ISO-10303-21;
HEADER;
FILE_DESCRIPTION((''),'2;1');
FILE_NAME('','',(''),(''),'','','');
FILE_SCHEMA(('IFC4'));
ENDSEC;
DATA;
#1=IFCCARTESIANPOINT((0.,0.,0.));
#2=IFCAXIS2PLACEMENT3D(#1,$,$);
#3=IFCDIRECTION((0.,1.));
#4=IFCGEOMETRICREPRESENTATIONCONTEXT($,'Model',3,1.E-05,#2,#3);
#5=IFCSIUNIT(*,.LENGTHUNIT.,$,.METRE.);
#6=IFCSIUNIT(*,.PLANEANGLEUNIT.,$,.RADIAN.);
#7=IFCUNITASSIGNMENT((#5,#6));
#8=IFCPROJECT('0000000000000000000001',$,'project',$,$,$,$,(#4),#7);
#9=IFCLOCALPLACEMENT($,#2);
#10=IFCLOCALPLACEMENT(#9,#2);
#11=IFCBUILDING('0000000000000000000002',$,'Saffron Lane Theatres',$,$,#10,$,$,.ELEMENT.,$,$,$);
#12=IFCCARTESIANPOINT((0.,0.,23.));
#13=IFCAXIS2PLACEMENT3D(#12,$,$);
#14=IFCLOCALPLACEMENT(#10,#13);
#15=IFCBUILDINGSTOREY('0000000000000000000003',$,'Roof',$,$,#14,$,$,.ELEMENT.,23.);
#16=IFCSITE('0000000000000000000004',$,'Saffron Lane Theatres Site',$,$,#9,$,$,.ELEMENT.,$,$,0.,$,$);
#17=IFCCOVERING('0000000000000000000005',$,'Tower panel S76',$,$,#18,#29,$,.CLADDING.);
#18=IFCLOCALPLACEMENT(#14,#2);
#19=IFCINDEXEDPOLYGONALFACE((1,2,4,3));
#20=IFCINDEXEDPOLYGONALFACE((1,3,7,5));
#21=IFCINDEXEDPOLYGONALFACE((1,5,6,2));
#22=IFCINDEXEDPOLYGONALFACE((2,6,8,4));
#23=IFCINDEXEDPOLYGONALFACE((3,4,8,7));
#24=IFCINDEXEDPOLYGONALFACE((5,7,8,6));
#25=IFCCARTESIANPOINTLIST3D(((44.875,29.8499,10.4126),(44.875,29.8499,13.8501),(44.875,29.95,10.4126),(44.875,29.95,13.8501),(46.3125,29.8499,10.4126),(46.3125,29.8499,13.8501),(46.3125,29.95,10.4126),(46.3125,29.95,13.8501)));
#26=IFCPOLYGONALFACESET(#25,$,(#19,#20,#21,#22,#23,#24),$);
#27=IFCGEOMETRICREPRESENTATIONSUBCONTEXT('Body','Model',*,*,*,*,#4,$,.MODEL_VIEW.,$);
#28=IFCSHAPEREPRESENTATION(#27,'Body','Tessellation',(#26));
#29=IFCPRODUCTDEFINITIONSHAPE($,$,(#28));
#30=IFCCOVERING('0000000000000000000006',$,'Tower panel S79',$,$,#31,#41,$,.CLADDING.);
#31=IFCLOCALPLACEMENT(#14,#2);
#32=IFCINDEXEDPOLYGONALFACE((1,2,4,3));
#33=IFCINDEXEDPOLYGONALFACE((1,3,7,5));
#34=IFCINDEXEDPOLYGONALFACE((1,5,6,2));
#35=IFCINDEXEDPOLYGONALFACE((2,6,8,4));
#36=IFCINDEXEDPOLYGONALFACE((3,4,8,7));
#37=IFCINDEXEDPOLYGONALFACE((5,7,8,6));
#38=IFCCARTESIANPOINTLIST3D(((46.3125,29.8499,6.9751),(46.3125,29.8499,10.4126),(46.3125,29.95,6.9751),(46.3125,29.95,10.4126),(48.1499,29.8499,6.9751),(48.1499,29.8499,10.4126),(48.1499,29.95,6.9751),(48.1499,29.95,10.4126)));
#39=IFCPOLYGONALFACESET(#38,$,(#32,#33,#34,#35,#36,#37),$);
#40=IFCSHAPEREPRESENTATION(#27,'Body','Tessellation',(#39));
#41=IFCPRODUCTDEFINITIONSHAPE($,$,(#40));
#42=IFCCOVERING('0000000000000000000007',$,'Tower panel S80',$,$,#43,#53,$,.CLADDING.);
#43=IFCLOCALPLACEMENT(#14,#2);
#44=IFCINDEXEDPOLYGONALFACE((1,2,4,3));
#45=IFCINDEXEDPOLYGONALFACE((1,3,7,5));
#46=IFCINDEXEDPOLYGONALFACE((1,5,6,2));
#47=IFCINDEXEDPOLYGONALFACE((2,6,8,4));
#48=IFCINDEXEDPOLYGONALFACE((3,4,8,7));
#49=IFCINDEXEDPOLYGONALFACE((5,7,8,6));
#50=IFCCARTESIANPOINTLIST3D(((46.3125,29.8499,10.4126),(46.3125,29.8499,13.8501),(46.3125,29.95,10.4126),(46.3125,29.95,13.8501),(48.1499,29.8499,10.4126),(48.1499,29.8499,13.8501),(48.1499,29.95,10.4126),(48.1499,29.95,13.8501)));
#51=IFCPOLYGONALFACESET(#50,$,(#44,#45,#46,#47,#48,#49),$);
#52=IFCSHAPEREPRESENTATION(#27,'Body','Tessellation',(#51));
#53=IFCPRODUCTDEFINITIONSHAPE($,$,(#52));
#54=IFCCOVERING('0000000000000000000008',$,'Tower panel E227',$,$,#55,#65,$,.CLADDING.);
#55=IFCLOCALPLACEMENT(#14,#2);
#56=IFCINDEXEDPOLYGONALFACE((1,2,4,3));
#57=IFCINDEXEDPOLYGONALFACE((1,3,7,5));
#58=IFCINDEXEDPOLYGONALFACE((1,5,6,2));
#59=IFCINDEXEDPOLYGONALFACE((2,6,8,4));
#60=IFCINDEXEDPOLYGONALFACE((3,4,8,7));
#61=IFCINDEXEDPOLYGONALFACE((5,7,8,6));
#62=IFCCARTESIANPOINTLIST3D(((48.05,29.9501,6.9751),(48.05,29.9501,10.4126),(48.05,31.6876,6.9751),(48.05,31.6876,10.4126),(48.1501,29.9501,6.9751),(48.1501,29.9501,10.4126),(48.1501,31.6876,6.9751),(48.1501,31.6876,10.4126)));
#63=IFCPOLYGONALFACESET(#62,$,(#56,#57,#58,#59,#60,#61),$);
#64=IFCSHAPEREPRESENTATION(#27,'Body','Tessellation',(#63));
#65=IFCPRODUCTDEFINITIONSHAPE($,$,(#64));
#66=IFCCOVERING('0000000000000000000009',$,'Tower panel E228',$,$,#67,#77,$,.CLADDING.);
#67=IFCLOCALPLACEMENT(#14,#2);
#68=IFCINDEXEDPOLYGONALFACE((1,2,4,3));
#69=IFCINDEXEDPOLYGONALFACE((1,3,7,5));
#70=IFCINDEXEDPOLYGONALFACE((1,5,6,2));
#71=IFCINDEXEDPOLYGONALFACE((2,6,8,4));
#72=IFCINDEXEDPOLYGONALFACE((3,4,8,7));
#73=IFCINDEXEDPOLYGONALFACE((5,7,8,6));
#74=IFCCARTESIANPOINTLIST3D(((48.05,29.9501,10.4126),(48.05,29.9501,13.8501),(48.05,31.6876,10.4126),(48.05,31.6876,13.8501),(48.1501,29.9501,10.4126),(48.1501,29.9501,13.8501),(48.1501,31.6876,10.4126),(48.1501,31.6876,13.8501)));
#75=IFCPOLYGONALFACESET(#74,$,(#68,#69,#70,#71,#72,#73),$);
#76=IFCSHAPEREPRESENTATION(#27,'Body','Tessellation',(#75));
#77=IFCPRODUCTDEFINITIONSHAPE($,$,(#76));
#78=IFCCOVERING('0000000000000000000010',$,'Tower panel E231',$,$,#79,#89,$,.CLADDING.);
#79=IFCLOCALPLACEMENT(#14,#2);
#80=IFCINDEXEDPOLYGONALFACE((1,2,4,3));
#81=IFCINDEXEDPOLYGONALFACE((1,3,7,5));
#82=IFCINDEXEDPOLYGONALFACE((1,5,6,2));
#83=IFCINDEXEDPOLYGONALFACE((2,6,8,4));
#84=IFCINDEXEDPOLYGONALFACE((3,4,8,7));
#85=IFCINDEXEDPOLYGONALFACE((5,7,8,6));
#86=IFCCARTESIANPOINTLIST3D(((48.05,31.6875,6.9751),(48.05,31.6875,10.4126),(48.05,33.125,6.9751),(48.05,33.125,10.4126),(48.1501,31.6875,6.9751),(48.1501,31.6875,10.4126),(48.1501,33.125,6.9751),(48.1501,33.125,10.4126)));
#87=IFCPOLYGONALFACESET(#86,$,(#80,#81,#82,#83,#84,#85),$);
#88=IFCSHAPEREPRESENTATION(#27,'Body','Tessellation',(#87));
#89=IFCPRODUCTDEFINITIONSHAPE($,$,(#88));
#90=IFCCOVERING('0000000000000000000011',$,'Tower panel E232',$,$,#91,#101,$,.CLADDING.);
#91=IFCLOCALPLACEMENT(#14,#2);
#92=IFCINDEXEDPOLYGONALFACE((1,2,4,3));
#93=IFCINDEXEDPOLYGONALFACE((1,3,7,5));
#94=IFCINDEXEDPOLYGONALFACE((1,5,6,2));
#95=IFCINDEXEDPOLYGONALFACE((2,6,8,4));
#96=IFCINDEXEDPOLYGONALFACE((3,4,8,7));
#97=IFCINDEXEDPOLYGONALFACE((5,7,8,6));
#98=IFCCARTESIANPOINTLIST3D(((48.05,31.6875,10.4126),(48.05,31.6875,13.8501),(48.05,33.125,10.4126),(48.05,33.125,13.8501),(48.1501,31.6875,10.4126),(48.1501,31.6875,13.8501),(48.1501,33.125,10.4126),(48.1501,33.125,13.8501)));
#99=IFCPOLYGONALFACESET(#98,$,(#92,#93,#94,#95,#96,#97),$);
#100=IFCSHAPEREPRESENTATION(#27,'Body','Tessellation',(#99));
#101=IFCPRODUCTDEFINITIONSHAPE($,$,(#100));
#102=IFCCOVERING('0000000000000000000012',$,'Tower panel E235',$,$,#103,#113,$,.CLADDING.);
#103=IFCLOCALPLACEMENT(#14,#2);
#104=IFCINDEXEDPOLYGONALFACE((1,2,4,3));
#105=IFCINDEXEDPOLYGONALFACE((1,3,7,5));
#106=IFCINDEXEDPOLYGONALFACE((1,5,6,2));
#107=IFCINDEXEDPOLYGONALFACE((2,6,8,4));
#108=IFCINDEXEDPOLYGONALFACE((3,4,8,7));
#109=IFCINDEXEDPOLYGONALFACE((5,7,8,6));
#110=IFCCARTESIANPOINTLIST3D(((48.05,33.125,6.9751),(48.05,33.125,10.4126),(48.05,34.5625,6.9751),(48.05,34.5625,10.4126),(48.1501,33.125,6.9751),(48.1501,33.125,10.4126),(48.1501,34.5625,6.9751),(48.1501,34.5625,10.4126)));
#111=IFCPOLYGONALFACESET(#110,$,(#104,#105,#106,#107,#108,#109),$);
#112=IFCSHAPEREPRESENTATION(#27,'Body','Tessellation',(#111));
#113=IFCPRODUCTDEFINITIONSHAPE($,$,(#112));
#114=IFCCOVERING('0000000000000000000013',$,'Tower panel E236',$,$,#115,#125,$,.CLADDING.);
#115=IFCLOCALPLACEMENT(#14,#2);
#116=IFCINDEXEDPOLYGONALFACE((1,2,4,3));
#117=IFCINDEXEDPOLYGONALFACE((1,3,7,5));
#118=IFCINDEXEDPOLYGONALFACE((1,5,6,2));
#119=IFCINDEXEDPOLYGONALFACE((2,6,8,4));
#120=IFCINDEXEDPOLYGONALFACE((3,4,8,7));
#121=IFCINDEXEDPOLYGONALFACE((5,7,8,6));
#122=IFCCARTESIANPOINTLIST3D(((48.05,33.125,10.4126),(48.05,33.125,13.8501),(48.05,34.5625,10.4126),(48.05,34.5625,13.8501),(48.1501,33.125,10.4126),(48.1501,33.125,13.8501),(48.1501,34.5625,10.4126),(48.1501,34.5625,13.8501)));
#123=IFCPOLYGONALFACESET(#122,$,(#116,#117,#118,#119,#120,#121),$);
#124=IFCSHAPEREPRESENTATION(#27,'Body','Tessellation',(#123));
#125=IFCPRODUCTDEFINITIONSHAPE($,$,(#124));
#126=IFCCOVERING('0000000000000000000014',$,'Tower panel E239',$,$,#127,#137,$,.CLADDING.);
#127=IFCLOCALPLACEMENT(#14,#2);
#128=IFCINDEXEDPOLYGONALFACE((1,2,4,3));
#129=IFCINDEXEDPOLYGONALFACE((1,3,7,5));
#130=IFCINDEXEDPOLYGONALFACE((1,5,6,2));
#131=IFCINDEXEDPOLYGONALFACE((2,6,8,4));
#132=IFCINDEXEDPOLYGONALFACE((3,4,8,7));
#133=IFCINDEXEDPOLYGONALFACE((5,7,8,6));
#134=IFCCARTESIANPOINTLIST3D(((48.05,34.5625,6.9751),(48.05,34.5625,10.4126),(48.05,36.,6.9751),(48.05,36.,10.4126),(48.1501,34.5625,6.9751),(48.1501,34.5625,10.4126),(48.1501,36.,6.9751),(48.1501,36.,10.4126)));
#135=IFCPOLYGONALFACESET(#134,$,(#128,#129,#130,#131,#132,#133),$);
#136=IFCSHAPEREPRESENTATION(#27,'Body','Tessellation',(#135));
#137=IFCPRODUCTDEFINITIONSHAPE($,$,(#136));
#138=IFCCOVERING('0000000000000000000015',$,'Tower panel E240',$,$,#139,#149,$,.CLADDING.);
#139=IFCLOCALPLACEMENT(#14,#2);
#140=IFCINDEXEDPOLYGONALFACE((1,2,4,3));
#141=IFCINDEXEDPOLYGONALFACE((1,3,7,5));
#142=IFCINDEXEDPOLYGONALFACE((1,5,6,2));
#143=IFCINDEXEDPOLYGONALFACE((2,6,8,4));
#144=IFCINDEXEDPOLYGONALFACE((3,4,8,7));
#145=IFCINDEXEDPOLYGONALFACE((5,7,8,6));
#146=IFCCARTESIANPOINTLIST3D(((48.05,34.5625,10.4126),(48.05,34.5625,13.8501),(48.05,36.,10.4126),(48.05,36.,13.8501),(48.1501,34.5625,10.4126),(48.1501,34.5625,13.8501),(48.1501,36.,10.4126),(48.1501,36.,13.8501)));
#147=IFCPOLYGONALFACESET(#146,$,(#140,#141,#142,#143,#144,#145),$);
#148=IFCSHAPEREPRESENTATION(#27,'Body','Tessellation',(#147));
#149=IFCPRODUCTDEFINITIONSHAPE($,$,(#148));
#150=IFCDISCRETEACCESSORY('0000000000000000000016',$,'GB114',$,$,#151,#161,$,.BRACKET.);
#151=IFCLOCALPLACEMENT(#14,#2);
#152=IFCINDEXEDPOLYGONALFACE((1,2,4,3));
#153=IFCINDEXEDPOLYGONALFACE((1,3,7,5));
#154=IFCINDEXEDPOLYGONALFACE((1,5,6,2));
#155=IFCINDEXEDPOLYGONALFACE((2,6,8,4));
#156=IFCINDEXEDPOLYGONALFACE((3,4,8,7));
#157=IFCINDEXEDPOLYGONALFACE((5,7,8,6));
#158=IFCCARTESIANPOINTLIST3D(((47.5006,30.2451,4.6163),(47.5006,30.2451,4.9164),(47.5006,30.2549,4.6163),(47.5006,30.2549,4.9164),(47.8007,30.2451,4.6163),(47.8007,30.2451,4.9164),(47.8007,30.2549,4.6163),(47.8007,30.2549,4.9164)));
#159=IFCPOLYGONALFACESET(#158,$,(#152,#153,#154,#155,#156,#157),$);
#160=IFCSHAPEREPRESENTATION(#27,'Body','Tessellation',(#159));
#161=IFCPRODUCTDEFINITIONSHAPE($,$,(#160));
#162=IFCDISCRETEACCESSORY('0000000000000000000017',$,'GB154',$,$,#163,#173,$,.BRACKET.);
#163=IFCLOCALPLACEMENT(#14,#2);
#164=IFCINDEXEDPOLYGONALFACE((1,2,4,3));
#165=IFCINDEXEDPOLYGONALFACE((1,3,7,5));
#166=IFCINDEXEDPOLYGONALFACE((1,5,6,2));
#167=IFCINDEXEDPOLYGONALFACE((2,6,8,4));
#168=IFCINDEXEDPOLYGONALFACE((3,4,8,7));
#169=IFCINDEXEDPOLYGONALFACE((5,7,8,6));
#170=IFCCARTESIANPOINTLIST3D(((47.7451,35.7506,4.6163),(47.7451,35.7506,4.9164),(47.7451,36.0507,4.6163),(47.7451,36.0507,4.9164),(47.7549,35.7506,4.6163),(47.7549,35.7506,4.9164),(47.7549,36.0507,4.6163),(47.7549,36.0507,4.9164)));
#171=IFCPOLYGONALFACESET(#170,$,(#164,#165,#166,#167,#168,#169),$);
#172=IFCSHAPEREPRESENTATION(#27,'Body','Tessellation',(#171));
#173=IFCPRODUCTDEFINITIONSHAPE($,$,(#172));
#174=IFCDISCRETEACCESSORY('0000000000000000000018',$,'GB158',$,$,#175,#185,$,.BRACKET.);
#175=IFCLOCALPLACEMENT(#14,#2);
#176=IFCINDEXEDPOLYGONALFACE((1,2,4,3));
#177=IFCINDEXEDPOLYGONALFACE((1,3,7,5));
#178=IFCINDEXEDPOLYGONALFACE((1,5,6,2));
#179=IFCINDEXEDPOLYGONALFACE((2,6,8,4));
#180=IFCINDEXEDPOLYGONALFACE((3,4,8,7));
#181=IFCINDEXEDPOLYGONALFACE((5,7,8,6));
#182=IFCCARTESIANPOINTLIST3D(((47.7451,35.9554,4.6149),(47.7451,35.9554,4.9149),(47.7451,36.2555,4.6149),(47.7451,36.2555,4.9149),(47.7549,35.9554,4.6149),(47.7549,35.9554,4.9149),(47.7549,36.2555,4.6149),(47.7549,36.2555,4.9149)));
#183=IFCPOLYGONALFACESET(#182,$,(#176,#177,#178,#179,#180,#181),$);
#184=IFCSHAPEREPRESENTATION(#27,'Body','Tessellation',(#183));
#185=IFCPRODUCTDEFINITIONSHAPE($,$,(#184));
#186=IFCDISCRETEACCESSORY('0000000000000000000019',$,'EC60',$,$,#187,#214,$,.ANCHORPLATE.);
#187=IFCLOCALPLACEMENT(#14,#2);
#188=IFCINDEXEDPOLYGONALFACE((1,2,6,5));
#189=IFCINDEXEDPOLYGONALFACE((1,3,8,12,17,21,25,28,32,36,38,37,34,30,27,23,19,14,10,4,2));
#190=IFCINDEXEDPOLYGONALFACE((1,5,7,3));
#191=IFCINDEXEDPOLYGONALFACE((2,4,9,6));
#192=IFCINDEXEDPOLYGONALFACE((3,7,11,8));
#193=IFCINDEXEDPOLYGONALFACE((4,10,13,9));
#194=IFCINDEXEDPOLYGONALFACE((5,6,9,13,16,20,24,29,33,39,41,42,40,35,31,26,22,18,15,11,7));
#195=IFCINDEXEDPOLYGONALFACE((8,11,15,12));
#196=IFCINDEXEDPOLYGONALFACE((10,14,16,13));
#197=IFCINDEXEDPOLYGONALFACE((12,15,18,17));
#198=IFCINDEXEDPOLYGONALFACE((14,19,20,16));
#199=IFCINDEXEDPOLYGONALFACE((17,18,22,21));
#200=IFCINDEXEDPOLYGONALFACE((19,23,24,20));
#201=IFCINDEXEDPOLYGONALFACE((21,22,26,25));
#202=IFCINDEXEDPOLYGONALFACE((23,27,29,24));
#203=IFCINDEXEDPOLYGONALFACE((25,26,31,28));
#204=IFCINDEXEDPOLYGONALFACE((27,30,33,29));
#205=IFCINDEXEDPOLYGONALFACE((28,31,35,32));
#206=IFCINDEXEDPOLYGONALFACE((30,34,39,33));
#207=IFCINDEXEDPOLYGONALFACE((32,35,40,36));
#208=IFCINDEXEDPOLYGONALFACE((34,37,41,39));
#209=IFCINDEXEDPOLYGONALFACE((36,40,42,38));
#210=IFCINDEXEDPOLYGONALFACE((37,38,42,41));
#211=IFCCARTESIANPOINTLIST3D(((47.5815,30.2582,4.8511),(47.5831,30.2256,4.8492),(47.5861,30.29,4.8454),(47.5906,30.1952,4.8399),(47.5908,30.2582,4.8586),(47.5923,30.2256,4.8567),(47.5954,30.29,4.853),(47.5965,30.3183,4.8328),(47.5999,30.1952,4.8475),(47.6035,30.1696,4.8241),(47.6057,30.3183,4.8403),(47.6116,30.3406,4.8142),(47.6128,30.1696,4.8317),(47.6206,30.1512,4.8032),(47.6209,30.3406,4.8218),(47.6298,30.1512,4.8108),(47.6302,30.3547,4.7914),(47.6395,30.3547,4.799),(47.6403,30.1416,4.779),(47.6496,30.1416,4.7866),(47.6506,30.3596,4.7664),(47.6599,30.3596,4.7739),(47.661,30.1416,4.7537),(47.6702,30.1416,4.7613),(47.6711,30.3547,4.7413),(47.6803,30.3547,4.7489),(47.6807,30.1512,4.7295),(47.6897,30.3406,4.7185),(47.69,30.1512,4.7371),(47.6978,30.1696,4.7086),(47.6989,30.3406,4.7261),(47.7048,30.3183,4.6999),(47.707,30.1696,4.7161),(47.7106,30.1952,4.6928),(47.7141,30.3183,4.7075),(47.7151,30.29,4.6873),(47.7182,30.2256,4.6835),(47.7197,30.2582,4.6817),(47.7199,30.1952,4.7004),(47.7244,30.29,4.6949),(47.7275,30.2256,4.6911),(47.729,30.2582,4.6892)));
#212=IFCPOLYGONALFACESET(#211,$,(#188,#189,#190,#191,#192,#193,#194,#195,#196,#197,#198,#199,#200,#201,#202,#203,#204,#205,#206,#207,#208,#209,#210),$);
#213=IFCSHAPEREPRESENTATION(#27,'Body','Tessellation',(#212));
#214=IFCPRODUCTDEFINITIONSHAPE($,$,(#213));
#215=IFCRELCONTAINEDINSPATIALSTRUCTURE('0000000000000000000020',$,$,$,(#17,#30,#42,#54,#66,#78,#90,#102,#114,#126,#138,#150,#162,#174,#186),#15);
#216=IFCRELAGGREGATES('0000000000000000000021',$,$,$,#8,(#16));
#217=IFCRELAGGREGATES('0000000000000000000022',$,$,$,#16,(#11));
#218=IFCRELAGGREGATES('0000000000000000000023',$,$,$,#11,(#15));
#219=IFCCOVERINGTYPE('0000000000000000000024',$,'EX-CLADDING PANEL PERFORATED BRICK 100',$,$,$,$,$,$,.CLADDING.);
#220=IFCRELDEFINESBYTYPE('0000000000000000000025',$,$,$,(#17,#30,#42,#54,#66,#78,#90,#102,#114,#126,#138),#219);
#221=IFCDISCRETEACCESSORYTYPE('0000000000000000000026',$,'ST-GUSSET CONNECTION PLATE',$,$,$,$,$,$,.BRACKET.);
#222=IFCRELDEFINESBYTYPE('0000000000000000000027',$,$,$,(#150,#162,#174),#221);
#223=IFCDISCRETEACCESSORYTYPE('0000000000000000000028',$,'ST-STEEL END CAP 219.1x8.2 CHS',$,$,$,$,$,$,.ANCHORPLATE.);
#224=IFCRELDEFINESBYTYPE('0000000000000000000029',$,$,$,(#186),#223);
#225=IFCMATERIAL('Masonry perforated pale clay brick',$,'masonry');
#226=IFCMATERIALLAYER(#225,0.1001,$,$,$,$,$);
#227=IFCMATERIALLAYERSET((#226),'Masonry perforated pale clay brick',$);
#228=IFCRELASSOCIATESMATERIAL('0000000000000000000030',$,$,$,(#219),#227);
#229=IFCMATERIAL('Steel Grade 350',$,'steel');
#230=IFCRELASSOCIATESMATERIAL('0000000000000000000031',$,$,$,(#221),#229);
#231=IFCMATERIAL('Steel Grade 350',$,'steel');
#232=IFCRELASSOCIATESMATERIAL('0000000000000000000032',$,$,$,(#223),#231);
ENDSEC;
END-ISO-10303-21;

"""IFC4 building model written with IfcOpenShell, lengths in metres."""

from ifc_helpers import new_model, si_unit, direction, frame, origin, origin_2d, place, context, subcontext, project, spatial, rectangle, circle, extrude, material, layer, layer_set, material_profile, profile_set, type_object, element, save


model = new_model("IFC4")

# Units and contexts
model_context = context("Model", 3, precision=1e-05, world=origin(), true_north=direction((0.0, 1.0)))
body_context = subcontext(model_context, "Body", "Model", "MODEL_VIEW")
ifc_project = project(units=[si_unit("LENGTHUNIT", "METRE"), si_unit("PLANEANGLEUNIT", "RADIAN")], contexts=[model_context])

# Site, building, storey
site_placement = place(None, origin())
site = spatial("IfcSite", under=ifc_project, at=site_placement, Name="Saffron Lane Theatres Site", CompositionType="ELEMENT", RefElevation=0.0)
building_placement = place(site_placement, origin())
building = spatial("IfcBuilding", under=site, at=building_placement, Name="Saffron Lane Theatres", CompositionType="ELEMENT")
storey_placement = place(building_placement, frame((0.0, 0.0, 23.0)))
storey = spatial("IfcBuildingStorey", under=building, at=storey_placement, Name="Roof", CompositionType="ELEMENT", Elevation=23.0)

# Coverings
ifc_material_1 = material(Name="Masonry perforated pale clay brick", Category="masonry")
ifc_layer = layer(ifc_material_1, 0.1001)
ifc_layer_set = layer_set([ifc_layer], Name="Masonry perforated pale clay brick")
covering_type = type_object("IfcCoveringType", Name="EX-CLADDING PANEL PERFORATED BRICK 100", PredefinedType="CLADDING", material=ifc_layer_set)
for number, where, z_axis, x_axis, name in (
    (1, (45.5938, 29.8999, 10.4126), (0.0, 0.0, 1.0), (1.0, 0.0, 0.0), "Tower panel S76"),
):
    element("IfcCovering", number, at=place(storey_placement, frame(where, z_axis=z_axis, x_axis=x_axis)), inside=storey, type_object=covering_type, Name=name, PredefinedType="CLADDING", context=body_context, shape_type="SweptSolid", body=[
        extrude(rectangle(XDim=1.4375, YDim=0.1001, at=origin_2d()), origin(), (0.0, 0.0, 1.0), 3.4375),
    ])
for number, where, z_axis, x_axis, name in (
    (2, (47.2312, 29.8999, 6.9751), (0.0, 0.0, 1.0), (1.0, 0.0, 0.0), "Tower panel S79"),
    (3, (47.2312, 29.8999, 10.4126), (0.0, 0.0, 1.0), (1.0, 0.0, 0.0), "Tower panel S80"),
):
    element("IfcCovering", number, at=place(storey_placement, frame(where, z_axis=z_axis, x_axis=x_axis)), inside=storey, type_object=covering_type, Name=name, PredefinedType="CLADDING", context=body_context, shape_type="SweptSolid", body=[
        extrude(rectangle(XDim=1.8374, YDim=0.1001, at=origin_2d()), origin(), (0.0, 0.0, 1.0), 3.4375),
    ])
for number, where, z_axis, x_axis, name in (
    (4, (48.1001, 30.8188, 6.9751), (0.0, 0.0, 1.0), (0.0, 1.0, 0.0), "Tower panel E227"),
    (5, (48.1001, 30.8188, 10.4126), (0.0, 0.0, 1.0), (0.0, 1.0, 0.0), "Tower panel E228"),
):
    element("IfcCovering", number, at=place(storey_placement, frame(where, z_axis=z_axis, x_axis=x_axis)), inside=storey, type_object=covering_type, Name=name, PredefinedType="CLADDING", context=body_context, shape_type="SweptSolid", body=[
        extrude(rectangle(XDim=1.7375, YDim=0.1001, at=origin_2d()), origin(), (0.0, 0.0, 1.0), 3.4375),
    ])
for number, where, z_axis, x_axis, name in (
    (6, (48.1001, 32.4062, 6.9751), (0.0, 0.0, 1.0), (0.0, 1.0, 0.0), "Tower panel E231"),
    (7, (48.1001, 32.4062, 10.4126), (0.0, 0.0, 1.0), (0.0, 1.0, 0.0), "Tower panel E232"),
    (8, (48.1001, 33.8438, 6.9751), (0.0, 0.0, 1.0), (0.0, 1.0, 0.0), "Tower panel E235"),
    (9, (48.1001, 33.8438, 10.4126), (0.0, 0.0, 1.0), (0.0, 1.0, 0.0), "Tower panel E236"),
    (10, (48.1001, 35.2812, 6.9751), (0.0, 0.0, 1.0), (0.0, 1.0, 0.0), "Tower panel E239"),
    (11, (48.1001, 35.2812, 10.4126), (0.0, 0.0, 1.0), (0.0, 1.0, 0.0), "Tower panel E240"),
):
    element("IfcCovering", number, at=place(storey_placement, frame(where, z_axis=z_axis, x_axis=x_axis)), inside=storey, type_object=covering_type, Name=name, PredefinedType="CLADDING", context=body_context, shape_type="SweptSolid", body=[
        extrude(rectangle(XDim=1.4375, YDim=0.1001, at=origin_2d()), origin(), (0.0, 0.0, 1.0), 3.4375),
    ])

# Discrete accessories
ifc_material_2 = material(Name="Steel Grade 350", Category="steel")
ifc_material_profile_1 = material_profile(ifc_material_2, rectangle(XDim=0.3, YDim=0.3, at=origin_2d()))
ifc_profile_set_1 = profile_set([ifc_material_profile_1], Name="Steel Grade 350")
discrete_accessory_type_1 = type_object("IfcDiscreteAccessoryType", Name="ST-GUSSET CONNECTION PLATE", PredefinedType="BRACKET", material=ifc_profile_set_1)
for number, where, z_axis, x_axis, name in (
    (12, (47.6506, 30.2451, 4.7664), (0.0, 1.0, 0.0), (-1.0, 0.0, 0.0), "GB114"),
    (13, (47.7451, 35.9006, 4.7664), (1.0, 0.0, 0.0), (0.0, 1.0, 0.0), "GB154"),
    (14, (47.7451, 36.1055, 4.7649), (1.0, 0.0, 0.0), (0.0, 1.0, 0.0), "GB158"),
):
    element("IfcDiscreteAccessory", number, at=place(storey_placement, frame(where, z_axis=z_axis, x_axis=x_axis)), inside=storey, type_object=discrete_accessory_type_1, Name=name, PredefinedType="BRACKET", context=body_context, shape_type="SweptSolid", body=[
        extrude(rectangle(XDim=0.3, YDim=0.3, at=origin_2d()), origin(), (0.0, 0.0, 1.0), 0.0098),
    ])
ifc_material_3 = material(Name="Steel Grade 350", Category="steel")
ifc_material_profile_2 = material_profile(ifc_material_3, circle(Radius=0.1096, at=origin_2d()))
ifc_profile_set_2 = profile_set([ifc_material_profile_2], Name="Steel Grade 350")
discrete_accessory_type_2 = type_object("IfcDiscreteAccessoryType", Name="ST-STEEL END CAP 219.1x8.2 CHS", PredefinedType="ANCHORPLATE", material=ifc_profile_set_2)
for number, where, z_axis, x_axis, name in (
    (15, (47.6506, 30.25, 4.7664), (0.774865, 0.0, 0.632127), (0.0, 1.0, 0.0), "EC60"),
):
    element("IfcDiscreteAccessory", number, at=place(storey_placement, frame(where, z_axis=z_axis, x_axis=x_axis)), inside=storey, type_object=discrete_accessory_type_2, Name=name, PredefinedType="ANCHORPLATE", context=body_context, shape_type="SweptSolid", body=[
        extrude(circle(Radius=0.1096, at=origin_2d()), origin(), (0.0, 0.0, 1.0), 0.012),
    ])

save(model, "model.ifc")
